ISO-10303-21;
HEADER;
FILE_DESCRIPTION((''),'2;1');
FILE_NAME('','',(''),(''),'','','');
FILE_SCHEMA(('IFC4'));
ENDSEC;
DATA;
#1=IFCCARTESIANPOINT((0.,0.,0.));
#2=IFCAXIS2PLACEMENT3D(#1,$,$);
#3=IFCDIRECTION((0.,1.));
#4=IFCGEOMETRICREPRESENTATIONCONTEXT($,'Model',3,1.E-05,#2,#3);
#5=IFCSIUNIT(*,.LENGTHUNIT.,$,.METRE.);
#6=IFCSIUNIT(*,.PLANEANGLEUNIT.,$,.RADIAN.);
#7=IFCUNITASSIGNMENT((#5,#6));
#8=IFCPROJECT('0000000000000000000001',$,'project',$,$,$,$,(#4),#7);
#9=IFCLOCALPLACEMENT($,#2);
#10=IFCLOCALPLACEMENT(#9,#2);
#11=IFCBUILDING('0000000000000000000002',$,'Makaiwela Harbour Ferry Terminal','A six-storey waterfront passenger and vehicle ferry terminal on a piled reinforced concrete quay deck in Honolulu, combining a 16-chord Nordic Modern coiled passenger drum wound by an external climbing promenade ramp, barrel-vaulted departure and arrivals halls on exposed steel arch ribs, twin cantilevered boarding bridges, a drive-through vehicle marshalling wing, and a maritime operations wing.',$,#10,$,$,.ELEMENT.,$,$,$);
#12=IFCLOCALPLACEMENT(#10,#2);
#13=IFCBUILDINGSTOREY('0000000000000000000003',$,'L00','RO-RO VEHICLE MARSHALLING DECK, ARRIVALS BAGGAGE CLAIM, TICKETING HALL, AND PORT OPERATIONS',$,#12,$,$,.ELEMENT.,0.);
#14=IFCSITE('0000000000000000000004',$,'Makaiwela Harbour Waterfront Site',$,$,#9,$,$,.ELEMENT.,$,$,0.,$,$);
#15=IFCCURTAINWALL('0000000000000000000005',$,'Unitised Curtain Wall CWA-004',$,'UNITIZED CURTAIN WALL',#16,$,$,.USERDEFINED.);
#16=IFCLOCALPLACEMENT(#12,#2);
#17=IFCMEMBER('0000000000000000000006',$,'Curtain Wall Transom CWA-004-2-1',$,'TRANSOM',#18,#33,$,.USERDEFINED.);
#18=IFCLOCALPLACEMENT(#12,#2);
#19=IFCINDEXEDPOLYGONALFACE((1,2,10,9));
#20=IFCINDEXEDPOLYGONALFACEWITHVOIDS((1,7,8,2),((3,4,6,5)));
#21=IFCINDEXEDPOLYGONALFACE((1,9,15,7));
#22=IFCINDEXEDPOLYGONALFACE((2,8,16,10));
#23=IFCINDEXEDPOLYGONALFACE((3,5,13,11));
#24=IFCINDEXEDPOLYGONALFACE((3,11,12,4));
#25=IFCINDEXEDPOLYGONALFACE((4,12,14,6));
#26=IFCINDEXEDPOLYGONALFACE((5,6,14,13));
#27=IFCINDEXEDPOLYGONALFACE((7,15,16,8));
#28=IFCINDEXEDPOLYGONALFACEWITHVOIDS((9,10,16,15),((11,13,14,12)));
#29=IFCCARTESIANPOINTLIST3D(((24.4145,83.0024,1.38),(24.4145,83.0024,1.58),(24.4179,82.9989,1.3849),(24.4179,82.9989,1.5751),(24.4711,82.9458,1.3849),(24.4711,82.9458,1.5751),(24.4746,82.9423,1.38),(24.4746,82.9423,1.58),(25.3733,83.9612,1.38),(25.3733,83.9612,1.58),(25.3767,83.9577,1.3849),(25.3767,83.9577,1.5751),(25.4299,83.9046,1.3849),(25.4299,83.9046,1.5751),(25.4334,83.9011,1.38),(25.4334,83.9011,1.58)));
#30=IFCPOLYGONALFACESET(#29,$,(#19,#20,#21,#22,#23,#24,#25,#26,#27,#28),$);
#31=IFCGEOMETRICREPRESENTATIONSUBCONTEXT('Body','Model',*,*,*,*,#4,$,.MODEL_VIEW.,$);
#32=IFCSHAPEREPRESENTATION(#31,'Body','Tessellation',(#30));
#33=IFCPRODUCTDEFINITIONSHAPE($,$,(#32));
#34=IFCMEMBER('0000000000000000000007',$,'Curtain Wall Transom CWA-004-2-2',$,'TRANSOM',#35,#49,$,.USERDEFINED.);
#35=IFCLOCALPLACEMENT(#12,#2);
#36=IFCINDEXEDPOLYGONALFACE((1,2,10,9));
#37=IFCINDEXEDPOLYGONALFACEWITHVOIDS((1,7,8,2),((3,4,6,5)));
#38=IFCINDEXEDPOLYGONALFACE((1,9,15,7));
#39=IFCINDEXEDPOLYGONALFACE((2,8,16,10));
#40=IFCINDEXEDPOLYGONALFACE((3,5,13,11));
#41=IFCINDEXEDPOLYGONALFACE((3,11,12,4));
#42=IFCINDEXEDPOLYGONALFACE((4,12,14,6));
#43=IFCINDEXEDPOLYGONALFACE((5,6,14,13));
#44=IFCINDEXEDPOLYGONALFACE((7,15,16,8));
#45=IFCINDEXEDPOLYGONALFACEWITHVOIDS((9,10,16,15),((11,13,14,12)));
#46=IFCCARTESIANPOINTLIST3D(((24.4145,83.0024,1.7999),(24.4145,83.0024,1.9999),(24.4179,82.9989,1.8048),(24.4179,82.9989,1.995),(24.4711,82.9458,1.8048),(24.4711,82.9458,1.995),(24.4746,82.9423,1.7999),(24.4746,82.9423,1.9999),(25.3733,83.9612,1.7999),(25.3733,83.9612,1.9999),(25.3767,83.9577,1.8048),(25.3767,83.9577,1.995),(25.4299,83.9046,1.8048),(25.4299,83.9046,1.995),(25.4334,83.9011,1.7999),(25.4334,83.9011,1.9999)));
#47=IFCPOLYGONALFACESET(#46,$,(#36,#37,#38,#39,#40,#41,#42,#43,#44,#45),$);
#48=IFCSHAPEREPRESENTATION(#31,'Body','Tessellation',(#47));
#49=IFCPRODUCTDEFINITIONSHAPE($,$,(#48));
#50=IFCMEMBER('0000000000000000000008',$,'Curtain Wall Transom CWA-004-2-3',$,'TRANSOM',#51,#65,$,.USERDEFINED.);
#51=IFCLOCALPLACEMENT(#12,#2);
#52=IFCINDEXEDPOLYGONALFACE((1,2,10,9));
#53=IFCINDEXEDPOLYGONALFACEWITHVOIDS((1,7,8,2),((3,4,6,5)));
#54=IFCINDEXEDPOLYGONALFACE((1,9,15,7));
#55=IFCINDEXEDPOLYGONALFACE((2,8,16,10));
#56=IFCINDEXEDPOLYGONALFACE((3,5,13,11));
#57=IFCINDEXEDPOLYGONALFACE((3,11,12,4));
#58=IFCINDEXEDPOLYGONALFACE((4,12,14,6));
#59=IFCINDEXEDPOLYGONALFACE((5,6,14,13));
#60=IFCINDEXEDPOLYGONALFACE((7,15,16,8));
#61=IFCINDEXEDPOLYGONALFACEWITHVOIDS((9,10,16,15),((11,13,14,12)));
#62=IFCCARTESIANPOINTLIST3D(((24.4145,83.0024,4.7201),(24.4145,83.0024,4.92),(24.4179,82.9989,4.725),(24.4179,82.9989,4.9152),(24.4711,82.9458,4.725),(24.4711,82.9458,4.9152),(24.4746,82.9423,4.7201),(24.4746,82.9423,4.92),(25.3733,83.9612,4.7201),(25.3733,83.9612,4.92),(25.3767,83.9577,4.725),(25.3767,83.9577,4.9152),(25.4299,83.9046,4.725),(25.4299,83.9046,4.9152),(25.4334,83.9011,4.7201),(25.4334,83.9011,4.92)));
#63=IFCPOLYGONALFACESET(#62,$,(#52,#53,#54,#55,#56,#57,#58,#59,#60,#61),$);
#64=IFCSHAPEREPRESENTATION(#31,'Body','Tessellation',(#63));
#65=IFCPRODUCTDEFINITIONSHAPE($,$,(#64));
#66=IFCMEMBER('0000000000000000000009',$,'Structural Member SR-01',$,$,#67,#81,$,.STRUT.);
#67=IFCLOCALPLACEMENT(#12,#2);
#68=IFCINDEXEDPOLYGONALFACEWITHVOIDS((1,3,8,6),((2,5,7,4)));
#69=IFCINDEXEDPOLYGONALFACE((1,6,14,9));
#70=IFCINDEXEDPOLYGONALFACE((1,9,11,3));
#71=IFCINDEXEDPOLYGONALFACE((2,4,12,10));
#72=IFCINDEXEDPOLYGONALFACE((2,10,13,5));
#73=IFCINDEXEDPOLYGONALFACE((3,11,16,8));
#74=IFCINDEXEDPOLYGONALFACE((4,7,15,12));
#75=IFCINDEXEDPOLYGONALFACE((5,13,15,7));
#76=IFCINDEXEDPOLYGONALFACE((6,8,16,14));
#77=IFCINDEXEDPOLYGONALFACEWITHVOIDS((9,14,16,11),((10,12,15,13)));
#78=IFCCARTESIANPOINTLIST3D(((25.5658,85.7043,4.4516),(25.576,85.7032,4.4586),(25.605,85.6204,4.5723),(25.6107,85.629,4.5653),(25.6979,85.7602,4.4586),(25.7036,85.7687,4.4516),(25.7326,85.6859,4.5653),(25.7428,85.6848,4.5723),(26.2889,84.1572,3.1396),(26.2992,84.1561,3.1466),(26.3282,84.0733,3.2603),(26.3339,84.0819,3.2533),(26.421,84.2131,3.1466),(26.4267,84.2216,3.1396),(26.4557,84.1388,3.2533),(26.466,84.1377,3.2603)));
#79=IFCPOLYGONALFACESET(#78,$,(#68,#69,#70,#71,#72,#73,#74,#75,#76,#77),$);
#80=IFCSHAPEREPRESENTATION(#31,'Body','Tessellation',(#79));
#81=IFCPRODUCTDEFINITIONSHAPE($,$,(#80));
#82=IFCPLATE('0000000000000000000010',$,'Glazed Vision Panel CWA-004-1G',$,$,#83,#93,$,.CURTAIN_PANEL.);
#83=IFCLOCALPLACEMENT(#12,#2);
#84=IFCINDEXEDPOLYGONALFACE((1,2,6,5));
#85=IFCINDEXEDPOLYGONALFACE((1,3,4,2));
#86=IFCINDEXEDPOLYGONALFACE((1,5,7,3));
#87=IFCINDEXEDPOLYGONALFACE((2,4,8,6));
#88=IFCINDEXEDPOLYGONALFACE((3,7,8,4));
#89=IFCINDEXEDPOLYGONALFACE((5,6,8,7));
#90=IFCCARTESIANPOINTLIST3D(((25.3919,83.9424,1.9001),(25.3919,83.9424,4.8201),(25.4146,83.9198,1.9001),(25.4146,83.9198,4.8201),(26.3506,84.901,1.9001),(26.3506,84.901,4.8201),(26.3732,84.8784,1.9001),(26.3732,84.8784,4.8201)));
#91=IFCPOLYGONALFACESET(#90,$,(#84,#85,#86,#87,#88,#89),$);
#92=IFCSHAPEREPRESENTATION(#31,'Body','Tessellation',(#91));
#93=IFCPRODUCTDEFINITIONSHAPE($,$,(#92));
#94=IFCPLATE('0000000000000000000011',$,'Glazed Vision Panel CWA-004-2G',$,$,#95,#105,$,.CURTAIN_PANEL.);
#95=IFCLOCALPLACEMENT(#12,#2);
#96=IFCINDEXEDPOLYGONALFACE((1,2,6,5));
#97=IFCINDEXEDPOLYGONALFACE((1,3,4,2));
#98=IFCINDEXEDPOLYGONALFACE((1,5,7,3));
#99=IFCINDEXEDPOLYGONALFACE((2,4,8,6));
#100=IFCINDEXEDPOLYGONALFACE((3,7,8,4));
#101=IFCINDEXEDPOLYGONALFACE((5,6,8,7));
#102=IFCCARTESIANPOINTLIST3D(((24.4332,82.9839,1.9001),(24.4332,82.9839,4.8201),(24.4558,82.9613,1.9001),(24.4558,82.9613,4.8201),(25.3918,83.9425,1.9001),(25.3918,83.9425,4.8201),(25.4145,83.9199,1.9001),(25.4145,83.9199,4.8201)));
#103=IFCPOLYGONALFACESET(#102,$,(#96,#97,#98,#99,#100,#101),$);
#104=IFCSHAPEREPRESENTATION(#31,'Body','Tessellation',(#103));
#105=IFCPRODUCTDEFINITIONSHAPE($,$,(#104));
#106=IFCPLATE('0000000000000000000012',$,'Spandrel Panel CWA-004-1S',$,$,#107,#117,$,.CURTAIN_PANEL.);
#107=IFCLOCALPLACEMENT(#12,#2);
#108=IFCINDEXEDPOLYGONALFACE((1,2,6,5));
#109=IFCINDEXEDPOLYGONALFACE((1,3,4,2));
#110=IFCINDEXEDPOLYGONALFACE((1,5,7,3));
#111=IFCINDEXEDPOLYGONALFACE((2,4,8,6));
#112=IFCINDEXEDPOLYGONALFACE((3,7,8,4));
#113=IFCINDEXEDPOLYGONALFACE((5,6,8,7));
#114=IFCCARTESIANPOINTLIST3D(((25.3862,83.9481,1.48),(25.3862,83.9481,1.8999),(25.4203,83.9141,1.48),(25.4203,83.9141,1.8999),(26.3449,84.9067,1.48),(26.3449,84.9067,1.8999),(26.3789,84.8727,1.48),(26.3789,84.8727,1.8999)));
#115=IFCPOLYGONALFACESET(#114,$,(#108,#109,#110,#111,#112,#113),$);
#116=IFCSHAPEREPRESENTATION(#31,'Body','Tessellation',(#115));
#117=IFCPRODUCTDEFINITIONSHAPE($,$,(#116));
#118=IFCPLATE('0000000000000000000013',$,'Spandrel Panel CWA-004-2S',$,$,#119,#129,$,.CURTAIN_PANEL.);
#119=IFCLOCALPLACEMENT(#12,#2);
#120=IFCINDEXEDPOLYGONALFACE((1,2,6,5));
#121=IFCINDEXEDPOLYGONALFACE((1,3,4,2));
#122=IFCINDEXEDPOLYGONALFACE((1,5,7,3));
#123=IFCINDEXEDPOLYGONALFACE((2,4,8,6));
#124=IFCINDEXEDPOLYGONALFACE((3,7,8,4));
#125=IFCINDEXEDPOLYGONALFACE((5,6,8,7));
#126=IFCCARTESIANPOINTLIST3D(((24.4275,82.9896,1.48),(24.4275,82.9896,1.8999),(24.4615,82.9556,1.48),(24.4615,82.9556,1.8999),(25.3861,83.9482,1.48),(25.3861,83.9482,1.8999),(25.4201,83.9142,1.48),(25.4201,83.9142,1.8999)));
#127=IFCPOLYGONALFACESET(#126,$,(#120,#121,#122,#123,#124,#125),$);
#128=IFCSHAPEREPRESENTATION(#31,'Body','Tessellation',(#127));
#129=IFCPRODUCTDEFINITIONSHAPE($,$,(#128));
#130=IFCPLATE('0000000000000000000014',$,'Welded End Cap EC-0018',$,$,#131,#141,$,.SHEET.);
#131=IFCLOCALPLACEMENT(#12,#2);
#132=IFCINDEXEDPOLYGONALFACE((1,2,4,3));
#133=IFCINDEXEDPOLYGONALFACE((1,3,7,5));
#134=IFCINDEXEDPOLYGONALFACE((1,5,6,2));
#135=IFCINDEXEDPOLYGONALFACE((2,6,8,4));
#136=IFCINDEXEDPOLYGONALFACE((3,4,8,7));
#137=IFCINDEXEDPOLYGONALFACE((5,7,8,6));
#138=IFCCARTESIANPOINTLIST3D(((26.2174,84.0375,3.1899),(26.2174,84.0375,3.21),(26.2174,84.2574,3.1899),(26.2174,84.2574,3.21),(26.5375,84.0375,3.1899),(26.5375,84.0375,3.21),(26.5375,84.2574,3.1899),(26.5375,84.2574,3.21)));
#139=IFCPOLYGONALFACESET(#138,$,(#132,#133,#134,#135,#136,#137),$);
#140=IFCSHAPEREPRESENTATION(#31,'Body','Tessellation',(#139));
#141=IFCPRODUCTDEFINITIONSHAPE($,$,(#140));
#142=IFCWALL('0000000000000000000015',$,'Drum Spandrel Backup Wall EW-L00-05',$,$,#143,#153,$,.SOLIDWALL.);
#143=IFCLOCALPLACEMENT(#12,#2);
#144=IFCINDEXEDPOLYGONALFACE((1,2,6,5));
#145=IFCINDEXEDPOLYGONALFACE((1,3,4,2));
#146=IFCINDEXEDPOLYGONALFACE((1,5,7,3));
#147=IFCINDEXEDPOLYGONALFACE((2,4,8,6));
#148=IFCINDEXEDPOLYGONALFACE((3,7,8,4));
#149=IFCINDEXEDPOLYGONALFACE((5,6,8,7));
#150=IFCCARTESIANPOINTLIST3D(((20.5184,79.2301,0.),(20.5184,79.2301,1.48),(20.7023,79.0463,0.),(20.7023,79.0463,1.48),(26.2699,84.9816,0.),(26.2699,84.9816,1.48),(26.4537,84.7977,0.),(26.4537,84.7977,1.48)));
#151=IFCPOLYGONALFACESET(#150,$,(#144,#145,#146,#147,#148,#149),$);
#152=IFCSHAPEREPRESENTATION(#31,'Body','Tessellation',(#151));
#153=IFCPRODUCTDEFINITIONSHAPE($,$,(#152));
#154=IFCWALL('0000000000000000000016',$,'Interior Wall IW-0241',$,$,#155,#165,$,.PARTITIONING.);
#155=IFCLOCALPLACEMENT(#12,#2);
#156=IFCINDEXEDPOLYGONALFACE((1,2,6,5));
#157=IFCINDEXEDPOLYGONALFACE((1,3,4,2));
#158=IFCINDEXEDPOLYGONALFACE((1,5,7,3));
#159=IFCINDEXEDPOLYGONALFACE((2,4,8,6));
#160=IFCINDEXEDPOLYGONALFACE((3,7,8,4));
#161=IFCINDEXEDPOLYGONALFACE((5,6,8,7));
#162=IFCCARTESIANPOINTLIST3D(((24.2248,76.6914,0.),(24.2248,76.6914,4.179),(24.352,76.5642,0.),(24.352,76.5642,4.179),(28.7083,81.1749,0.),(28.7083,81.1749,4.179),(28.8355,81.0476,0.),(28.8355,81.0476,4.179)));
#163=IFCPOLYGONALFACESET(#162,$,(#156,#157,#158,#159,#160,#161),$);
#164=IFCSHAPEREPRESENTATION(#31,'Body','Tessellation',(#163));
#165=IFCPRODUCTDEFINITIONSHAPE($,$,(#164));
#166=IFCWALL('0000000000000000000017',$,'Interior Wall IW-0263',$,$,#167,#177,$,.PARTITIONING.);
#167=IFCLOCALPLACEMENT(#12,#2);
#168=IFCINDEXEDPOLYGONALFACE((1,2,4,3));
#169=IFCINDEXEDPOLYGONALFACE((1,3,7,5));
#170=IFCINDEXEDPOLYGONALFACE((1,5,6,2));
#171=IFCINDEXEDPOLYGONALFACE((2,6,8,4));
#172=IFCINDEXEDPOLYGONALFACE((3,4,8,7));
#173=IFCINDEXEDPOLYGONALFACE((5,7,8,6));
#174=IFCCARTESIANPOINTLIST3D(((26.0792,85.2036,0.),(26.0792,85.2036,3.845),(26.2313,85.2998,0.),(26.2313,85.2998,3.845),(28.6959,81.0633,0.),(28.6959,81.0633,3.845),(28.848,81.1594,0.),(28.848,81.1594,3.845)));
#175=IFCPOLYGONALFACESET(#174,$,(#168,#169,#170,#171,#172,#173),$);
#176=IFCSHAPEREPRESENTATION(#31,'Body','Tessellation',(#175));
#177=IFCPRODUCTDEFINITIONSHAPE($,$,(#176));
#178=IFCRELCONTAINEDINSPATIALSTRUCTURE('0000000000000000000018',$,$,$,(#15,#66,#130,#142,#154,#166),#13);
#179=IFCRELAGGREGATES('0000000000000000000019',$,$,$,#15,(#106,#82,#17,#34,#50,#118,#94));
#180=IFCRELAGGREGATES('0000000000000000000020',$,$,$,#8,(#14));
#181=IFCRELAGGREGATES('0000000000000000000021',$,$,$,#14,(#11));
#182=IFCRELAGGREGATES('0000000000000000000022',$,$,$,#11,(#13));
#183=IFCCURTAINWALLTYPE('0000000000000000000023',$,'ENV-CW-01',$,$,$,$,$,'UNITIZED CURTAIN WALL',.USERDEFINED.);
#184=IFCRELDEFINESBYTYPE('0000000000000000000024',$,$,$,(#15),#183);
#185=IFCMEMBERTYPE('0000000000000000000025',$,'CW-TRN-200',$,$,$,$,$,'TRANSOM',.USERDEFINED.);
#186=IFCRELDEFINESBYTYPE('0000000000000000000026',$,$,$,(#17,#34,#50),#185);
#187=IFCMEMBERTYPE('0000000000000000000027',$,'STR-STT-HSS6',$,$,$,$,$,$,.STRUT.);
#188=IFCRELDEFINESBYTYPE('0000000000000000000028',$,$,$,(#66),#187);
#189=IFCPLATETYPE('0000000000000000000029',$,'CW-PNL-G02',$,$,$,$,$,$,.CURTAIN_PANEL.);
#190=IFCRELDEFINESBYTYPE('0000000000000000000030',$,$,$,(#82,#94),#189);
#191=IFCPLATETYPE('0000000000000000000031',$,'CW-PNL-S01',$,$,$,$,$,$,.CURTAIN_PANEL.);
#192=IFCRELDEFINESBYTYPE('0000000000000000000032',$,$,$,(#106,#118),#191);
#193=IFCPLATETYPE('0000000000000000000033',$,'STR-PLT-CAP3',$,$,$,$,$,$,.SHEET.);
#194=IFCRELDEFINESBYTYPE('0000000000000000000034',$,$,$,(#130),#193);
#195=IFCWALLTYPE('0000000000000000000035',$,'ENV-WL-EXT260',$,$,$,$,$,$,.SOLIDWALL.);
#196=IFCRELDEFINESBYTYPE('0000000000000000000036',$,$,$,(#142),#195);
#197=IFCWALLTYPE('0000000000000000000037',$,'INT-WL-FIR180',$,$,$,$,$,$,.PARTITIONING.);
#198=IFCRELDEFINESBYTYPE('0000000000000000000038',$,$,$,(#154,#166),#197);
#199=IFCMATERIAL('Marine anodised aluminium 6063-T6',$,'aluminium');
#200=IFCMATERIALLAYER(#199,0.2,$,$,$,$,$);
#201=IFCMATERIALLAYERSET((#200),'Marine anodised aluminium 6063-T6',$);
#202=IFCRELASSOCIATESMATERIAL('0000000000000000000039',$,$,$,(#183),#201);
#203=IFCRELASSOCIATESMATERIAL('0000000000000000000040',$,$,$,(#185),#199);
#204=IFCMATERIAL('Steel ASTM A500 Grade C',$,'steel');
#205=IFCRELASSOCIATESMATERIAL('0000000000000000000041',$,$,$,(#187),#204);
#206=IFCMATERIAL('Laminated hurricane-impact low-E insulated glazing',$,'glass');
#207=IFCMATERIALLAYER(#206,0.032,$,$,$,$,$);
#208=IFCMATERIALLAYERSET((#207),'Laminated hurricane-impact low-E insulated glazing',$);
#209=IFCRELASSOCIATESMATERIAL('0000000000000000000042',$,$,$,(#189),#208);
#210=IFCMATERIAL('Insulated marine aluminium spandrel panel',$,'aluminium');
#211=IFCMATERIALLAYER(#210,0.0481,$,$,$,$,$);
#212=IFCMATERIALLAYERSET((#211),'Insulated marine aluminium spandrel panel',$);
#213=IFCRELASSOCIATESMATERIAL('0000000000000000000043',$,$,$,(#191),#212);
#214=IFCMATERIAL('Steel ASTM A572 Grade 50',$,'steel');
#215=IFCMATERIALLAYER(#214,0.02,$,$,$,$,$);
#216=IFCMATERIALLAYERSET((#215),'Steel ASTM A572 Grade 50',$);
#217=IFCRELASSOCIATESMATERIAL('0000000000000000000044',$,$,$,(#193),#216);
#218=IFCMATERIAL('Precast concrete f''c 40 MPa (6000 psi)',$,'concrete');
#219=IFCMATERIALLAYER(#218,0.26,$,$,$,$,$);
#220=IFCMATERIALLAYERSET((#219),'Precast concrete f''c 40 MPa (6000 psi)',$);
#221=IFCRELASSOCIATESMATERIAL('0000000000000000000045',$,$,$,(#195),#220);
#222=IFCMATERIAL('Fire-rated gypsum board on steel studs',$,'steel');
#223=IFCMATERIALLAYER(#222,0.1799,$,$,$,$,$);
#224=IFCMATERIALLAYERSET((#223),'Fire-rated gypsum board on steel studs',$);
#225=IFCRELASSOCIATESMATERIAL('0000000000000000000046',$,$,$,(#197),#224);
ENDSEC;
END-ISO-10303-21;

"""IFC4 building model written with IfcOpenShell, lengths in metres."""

from ifc_helpers import new_model, si_unit, direction, frame, frame_2d, origin, origin_2d, place, context, subcontext, project, spatial, rectangle, hollow_rectangle, extrude, material, layer, layer_set, material_profile, profile_set, type_object, element, aggregate, save


model = new_model("IFC4")

# Units and contexts
model_context = context("Model", 3, precision=1e-05, world=origin(), true_north=direction((0.0, 1.0)))
body_context = subcontext(model_context, "Body", "Model", "MODEL_VIEW")
ifc_project = project(units=[si_unit("LENGTHUNIT", "METRE"), si_unit("PLANEANGLEUNIT", "RADIAN")], contexts=[model_context])

# Site, building, storey
site_placement = place(None, origin())
site = spatial("IfcSite", under=ifc_project, at=site_placement, Name="Makaiwela Harbour Waterfront Site", CompositionType="ELEMENT", RefElevation=0.0)
building_placement = place(site_placement, origin())
building = spatial("IfcBuilding", under=site, at=building_placement, Name="Makaiwela Harbour Ferry Terminal", Description="A six-storey waterfront passenger and vehicle ferry terminal on a piled reinforced concrete quay deck in Honolulu, combining a 16-chord Nordic Modern coiled passenger drum wound by an external climbing promenade ramp, barrel-vaulted departure and arrivals halls on exposed steel arch ribs, twin cantilevered boarding bridges, a drive-through vehicle marshalling wing, and a maritime operations wing.", CompositionType="ELEMENT")
storey_placement = place(building_placement, origin())
storey = spatial("IfcBuildingStorey", under=building, at=storey_placement, Name="L00", Description="RO-RO VEHICLE MARSHALLING DECK, ARRIVALS BAGGAGE CLAIM, TICKETING HALL, AND PORT OPERATIONS", CompositionType="ELEMENT", Elevation=0.0)

# Curtain wall, members
ifc_material_1 = material(Name="Marine anodised aluminium 6063-T6", Category="aluminium")
ifc_layer_1 = layer(ifc_material_1, 0.2)
ifc_layer_set_1 = layer_set([ifc_layer_1], Name="Marine anodised aluminium 6063-T6")
curtain_wall_type = type_object("IfcCurtainWallType", Name="ENV-CW-01", ElementType="UNITIZED CURTAIN WALL", PredefinedType="USERDEFINED", material=ifc_layer_set_1)
curtain_wall_placement = place(storey_placement, origin())
curtain_wall = element("IfcCurtainWall", 1, at=curtain_wall_placement, inside=storey, type_object=curtain_wall_type, Name="Unitised Curtain Wall CWA-004", ObjectType="UNITIZED CURTAIN WALL", PredefinedType="USERDEFINED")
ifc_material_profile_1 = material_profile(ifc_material_1, hollow_rectangle(XDim=0.085, YDim=0.2, WallThickness=0.0049, at=origin_2d()), Name="CWT-200X85")
ifc_profile_set_1 = profile_set([ifc_material_profile_1], Name="Marine anodised aluminium 6063-T6")
member_type_1 = type_object("IfcMemberType", Name="CW-TRN-200", ElementType="TRANSOM", PredefinedType="USERDEFINED", material=ifc_profile_set_1)
member_1_placement = place(storey_placement, frame((25.4033, 83.9312, 1.48), z_axis=(-0.707107, -0.707107, 0.0), x_axis=(0.707107, -0.707107, 0.0)))
member_1 = element("IfcMember", 2, at=member_1_placement, type_object=member_type_1, Name="Curtain Wall Transom CWA-004-2-1", ObjectType="TRANSOM", PredefinedType="USERDEFINED", context=body_context, shape_type="SweptSolid", body=[
    extrude(hollow_rectangle(XDim=0.085, YDim=0.2, WallThickness=0.0049, at=origin_2d()), origin(), (0.0, 0.0, 1.0), 1.356),
])
member_2_placement = place(storey_placement, frame((25.4033, 83.9312, 1.8999), z_axis=(-0.707107, -0.707107, 0.0), x_axis=(0.707107, -0.707107, 0.0)))
member_2 = element("IfcMember", 3, at=member_2_placement, type_object=member_type_1, Name="Curtain Wall Transom CWA-004-2-2", ObjectType="TRANSOM", PredefinedType="USERDEFINED", context=body_context, shape_type="SweptSolid", body=[
    extrude(hollow_rectangle(XDim=0.085, YDim=0.2, WallThickness=0.0049, at=origin_2d()), origin(), (0.0, 0.0, 1.0), 1.356),
])
member_3_placement = place(storey_placement, frame((25.4033, 83.9312, 4.8201), z_axis=(-0.707107, -0.707107, 0.0), x_axis=(0.707107, -0.707107, 0.0)))
member_3 = element("IfcMember", 4, at=member_3_placement, type_object=member_type_1, Name="Curtain Wall Transom CWA-004-2-3", ObjectType="TRANSOM", PredefinedType="USERDEFINED", context=body_context, shape_type="SweptSolid", body=[
    extrude(hollow_rectangle(XDim=0.085, YDim=0.2, WallThickness=0.0049, at=origin_2d()), origin(), (0.0, 0.0, 1.0), 1.356),
])

# Member
ifc_material_2 = material(Name="Steel ASTM A500 Grade C", Category="steel")
ifc_material_profile_2 = material_profile(ifc_material_2, hollow_rectangle(XDim=0.1521, YDim=0.1521, WallThickness=0.0088, at=origin_2d()), Name="HSS6X6X3/8")
ifc_profile_set_2 = profile_set([ifc_material_profile_2], Name="Steel ASTM A500 Grade C")
member_type_2 = type_object("IfcMemberType", Name="STR-STT-HSS6", PredefinedType="STRUT", material=ifc_profile_set_2)
member_4_placement = place(storey_placement, frame((26.3774, 84.1475, 3.2), z_axis=(-0.335788, 0.718395, 0.609225), x_axis=(-0.905924, -0.423441, 0.0)))
element("IfcMember", 5, at=member_4_placement, inside=storey, type_object=member_type_2, Name="Structural Member SR-01", PredefinedType="STRUT", context=body_context, shape_type="SweptSolid", body=[
    extrude(hollow_rectangle(XDim=0.1521, YDim=0.1521, WallThickness=0.0088, at=origin_2d()), origin(), (0.0, 0.0, 1.0), 2.1536),
])

# Plates
ifc_material_3 = material(Name="Laminated hurricane-impact low-E insulated glazing", Category="glass")
ifc_layer_2 = layer(ifc_material_3, 0.032)
ifc_layer_set_2 = layer_set([ifc_layer_2], Name="Laminated hurricane-impact low-E insulated glazing")
plate_type_1 = type_object("IfcPlateType", Name="CW-PNL-G02", PredefinedType="CURTAIN_PANEL", material=ifc_layer_set_2)
plate_1_placement = place(storey_placement, frame((25.8826, 84.4104, 1.9001), z_axis=(0.0, 0.0, 1.0), x_axis=(-0.707107, -0.707107, 0.0)))
plate_1 = element("IfcPlate", 6, at=plate_1_placement, type_object=plate_type_1, Name="Glazed Vision Panel CWA-004-1G", PredefinedType="CURTAIN_PANEL", context=body_context, shape_type="SweptSolid", body=[
    extrude(rectangle(XDim=1.3557, YDim=0.032, at=origin_2d()), origin(), (0.0, 0.0, 1.0), 2.9199),
])
plate_2_placement = place(storey_placement, frame((24.9238, 83.4519, 1.9001), z_axis=(0.0, 0.0, 1.0), x_axis=(-0.707107, -0.707107, 0.0)))
plate_2 = element("IfcPlate", 7, at=plate_2_placement, type_object=plate_type_1, Name="Glazed Vision Panel CWA-004-2G", PredefinedType="CURTAIN_PANEL", context=body_context, shape_type="SweptSolid", body=[
    extrude(rectangle(XDim=1.3557, YDim=0.032, at=origin_2d()), origin(), (0.0, 0.0, 1.0), 2.9199),
])
ifc_material_4 = material(Name="Insulated marine aluminium spandrel panel", Category="aluminium")
ifc_layer_3 = layer(ifc_material_4, 0.0481)
ifc_layer_set_3 = layer_set([ifc_layer_3], Name="Insulated marine aluminium spandrel panel")
plate_type_2 = type_object("IfcPlateType", Name="CW-PNL-S01", PredefinedType="CURTAIN_PANEL", material=ifc_layer_set_3)
plate_3_placement = place(storey_placement, frame((25.8826, 84.4104, 1.48), z_axis=(0.0, 0.0, 1.0), x_axis=(-0.707107, -0.707107, 0.0)))
plate_3 = element("IfcPlate", 8, at=plate_3_placement, type_object=plate_type_2, Name="Spandrel Panel CWA-004-1S", PredefinedType="CURTAIN_PANEL", context=body_context, shape_type="SweptSolid", body=[
    extrude(rectangle(XDim=1.3557, YDim=0.0481, at=origin_2d()), origin(), (0.0, 0.0, 1.0), 0.4199),
])
plate_4_placement = place(storey_placement, frame((24.9238, 83.4519, 1.48), z_axis=(0.0, 0.0, 1.0), x_axis=(-0.707107, -0.707107, 0.0)))
plate_4 = element("IfcPlate", 9, at=plate_4_placement, type_object=plate_type_2, Name="Spandrel Panel CWA-004-2S", PredefinedType="CURTAIN_PANEL", context=body_context, shape_type="SweptSolid", body=[
    extrude(rectangle(XDim=1.3557, YDim=0.0481, at=origin_2d()), origin(), (0.0, 0.0, 1.0), 0.4199),
])
aggregate(curtain_wall, [plate_3, plate_1, member_1, member_2, member_3, plate_4, plate_2])
ifc_material_5 = material(Name="Steel ASTM A572 Grade 50", Category="steel")
ifc_layer_4 = layer(ifc_material_5, 0.02)
ifc_layer_set_4 = layer_set([ifc_layer_4], Name="Steel ASTM A572 Grade 50")
plate_type_3 = type_object("IfcPlateType", Name="STR-PLT-CAP3", PredefinedType="SHEET", material=ifc_layer_set_4)
plate_5_placement = place(storey_placement, frame((26.3774, 84.1475, 3.1899), z_axis=(0.0, 0.0, 1.0), x_axis=(1.0, 0.0, 0.0)))
element("IfcPlate", 10, at=plate_5_placement, inside=storey, type_object=plate_type_3, Name="Welded End Cap EC-0018", PredefinedType="SHEET", context=body_context, shape_type="SweptSolid", body=[
    extrude(rectangle(XDim=0.3201, YDim=0.22, at=origin_2d()), origin(), (0.0, 0.0, 1.0), 0.02),
])

# Walls
ifc_material_6 = material(Name="Precast concrete f'c 40 MPa (6000 psi)", Category="concrete")
ifc_layer_5 = layer(ifc_material_6, 0.26)
ifc_layer_set_5 = layer_set([ifc_layer_5], Name="Precast concrete f'c 40 MPa (6000 psi)")
wall_type_1 = type_object("IfcWallType", Name="ENV-WL-EXT260", PredefinedType="SOLIDWALL", material=ifc_layer_set_5)
wall_1_placement = place(storey_placement, frame((26.3618, 84.8896, 0.0), z_axis=(0.0, 0.0, 1.0), x_axis=(-0.707107, -0.707107, 0.0)))
element("IfcWall", 11, at=wall_1_placement, inside=storey, type_object=wall_type_1, Name="Drum Spandrel Backup Wall EW-L00-05", PredefinedType="SOLIDWALL", context=body_context, shape_type="SweptSolid", body=[
    extrude(rectangle(XDim=8.1338, YDim=0.26, at=frame_2d((4.0669, 0.0))), origin(), (0.0, 0.0, 1.0), 1.48),
])
ifc_material_7 = material(Name="Fire-rated gypsum board on steel studs", Category="steel")
ifc_layer_6 = layer(ifc_material_7, 0.1799)
ifc_layer_set_6 = layer_set([ifc_layer_6], Name="Fire-rated gypsum board on steel studs")
wall_type_2 = type_object("IfcWallType", Name="INT-WL-FIR180", PredefinedType="PARTITIONING", material=ifc_layer_set_6)
wall_2_placement = place(storey_placement, frame((28.772, 81.1113, 0.0), z_axis=(0.0, 0.0, 1.0), x_axis=(-0.707107, -0.707107, 0.0)))
element("IfcWall", 12, at=wall_2_placement, inside=storey, type_object=wall_type_2, Name="Interior Wall IW-0241", PredefinedType="PARTITIONING", context=body_context, shape_type="SweptSolid", body=[
    extrude(rectangle(XDim=6.3406, YDim=0.1799, at=frame_2d((3.1704, 0.0))), origin(), (0.0, 0.0, 1.0), 4.179),
])
wall_3_placement = place(storey_placement, frame((28.772, 81.1113, 0.0), z_axis=(0.0, 0.0, 1.0), x_axis=(-0.534244, 0.84533, 0.0)))
element("IfcWall", 13, at=wall_3_placement, inside=storey, type_object=wall_type_2, Name="Interior Wall IW-0263", PredefinedType="PARTITIONING", context=body_context, shape_type="SweptSolid", body=[
    extrude(rectangle(XDim=4.8979, YDim=0.1799, at=frame_2d((2.449, 0.0))), origin(), (0.0, 0.0, 1.0), 3.845),
])

save(model, "model.ifc")
